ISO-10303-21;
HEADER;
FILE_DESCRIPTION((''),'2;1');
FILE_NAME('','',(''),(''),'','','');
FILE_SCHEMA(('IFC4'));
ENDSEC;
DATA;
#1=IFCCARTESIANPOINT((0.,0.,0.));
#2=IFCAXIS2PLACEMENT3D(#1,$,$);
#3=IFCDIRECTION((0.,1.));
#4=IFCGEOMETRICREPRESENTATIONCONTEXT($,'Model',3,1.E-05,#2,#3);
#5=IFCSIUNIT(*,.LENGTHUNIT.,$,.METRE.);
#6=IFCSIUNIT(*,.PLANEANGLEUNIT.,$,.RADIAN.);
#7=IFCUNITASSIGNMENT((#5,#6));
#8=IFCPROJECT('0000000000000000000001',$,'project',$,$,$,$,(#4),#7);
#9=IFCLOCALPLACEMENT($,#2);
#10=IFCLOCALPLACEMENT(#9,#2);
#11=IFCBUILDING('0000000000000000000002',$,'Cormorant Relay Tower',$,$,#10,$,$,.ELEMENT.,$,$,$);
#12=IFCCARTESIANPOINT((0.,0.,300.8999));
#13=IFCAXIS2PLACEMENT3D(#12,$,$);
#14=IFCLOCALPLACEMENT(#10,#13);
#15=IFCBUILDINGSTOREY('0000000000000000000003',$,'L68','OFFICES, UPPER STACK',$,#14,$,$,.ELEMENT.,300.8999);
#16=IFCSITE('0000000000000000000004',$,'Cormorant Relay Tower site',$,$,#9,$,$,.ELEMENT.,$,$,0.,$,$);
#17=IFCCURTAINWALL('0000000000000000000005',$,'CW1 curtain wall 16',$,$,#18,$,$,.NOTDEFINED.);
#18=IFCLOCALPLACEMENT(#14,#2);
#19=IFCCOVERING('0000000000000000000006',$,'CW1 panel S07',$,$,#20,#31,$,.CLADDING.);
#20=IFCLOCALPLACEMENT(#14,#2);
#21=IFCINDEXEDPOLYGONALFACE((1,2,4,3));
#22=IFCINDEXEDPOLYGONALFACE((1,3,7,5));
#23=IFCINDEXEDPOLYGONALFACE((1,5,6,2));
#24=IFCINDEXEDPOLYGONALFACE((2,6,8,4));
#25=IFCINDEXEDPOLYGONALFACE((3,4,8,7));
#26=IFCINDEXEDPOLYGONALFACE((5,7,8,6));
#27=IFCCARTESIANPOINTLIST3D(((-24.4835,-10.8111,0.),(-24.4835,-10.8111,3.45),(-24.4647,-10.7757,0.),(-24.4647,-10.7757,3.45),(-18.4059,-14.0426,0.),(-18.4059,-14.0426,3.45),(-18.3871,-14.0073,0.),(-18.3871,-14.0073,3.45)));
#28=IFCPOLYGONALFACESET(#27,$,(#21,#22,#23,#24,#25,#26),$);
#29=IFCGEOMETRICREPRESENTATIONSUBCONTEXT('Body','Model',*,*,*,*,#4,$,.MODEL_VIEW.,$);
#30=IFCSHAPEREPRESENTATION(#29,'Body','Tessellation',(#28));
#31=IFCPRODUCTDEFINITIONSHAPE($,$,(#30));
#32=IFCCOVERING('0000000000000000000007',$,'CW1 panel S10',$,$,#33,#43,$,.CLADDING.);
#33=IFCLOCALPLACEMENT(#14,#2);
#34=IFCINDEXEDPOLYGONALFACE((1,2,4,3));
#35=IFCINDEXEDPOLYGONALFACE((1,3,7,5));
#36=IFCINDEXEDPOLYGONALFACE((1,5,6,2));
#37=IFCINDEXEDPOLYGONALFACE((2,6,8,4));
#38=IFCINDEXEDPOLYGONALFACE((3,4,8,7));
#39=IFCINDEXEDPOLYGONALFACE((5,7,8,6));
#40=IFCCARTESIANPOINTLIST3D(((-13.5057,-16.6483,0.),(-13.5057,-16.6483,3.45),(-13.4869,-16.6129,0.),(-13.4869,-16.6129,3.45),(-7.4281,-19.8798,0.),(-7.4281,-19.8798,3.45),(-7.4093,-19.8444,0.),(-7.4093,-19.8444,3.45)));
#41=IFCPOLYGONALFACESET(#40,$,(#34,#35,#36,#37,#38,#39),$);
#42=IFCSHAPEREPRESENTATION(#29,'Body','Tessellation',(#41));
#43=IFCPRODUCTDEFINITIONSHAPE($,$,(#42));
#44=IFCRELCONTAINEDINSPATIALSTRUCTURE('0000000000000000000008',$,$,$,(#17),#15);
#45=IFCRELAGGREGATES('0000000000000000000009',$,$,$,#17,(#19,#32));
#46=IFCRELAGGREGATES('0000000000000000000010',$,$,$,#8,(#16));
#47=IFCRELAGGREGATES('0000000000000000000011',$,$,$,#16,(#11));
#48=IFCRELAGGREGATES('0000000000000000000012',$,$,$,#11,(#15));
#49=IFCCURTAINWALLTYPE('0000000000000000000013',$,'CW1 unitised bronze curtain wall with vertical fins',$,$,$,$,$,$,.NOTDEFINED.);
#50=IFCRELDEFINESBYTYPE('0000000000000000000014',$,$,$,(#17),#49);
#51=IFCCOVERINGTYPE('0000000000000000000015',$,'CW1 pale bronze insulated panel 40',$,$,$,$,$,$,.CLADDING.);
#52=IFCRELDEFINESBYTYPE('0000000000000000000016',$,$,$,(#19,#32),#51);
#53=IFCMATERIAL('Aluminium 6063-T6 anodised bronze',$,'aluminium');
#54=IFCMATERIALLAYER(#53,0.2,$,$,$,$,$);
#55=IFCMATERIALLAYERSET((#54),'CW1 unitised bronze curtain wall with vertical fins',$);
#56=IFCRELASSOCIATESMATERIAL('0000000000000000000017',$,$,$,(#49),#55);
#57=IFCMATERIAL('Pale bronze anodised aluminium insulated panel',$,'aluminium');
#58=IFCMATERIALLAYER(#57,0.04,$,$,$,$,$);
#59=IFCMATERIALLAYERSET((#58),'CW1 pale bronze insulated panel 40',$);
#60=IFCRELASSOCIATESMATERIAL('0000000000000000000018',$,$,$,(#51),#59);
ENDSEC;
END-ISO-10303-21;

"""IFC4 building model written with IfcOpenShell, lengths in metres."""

from ifc_helpers import new_model, si_unit, direction, frame, origin, origin_2d, place, context, subcontext, project, spatial, rectangle, extrude, material, layer, layer_set, type_object, element, aggregate, save


model = new_model("IFC4")

# Units and contexts
model_context = context("Model", 3, precision=1e-05, world=origin(), true_north=direction((0.0, 1.0)))
body_context = subcontext(model_context, "Body", "Model", "MODEL_VIEW")
ifc_project = project(units=[si_unit("LENGTHUNIT", "METRE"), si_unit("PLANEANGLEUNIT", "RADIAN")], contexts=[model_context])

# Site, building, storey
site_placement = place(None, origin())
site = spatial("IfcSite", under=ifc_project, at=site_placement, Name="Cormorant Relay Tower site", CompositionType="ELEMENT", RefElevation=0.0)
building_placement = place(site_placement, origin())
building = spatial("IfcBuilding", under=site, at=building_placement, Name="Cormorant Relay Tower", CompositionType="ELEMENT")
storey_placement = place(building_placement, frame((0.0, 0.0, 300.8999)))
storey = spatial("IfcBuildingStorey", under=building, at=storey_placement, Name="L68", Description="OFFICES, UPPER STACK", CompositionType="ELEMENT", Elevation=300.8999)

# Curtain wall
ifc_material_1 = material(Name="Aluminium 6063-T6 anodised bronze", Category="aluminium")
ifc_layer_1 = layer(ifc_material_1, 0.2)
ifc_layer_set_1 = layer_set([ifc_layer_1], Name="CW1 unitised bronze curtain wall with vertical fins")
curtain_wall_type = type_object("IfcCurtainWallType", Name="CW1 unitised bronze curtain wall with vertical fins", PredefinedType="NOTDEFINED", material=ifc_layer_set_1)
curtain_wall_placement = place(storey_placement, origin())
curtain_wall = element("IfcCurtainWall", 1, at=curtain_wall_placement, inside=storey, type_object=curtain_wall_type, Name="CW1 curtain wall 16", PredefinedType="NOTDEFINED")

# Coverings
ifc_material_2 = material(Name="Pale bronze anodised aluminium insulated panel", Category="aluminium")
ifc_layer_2 = layer(ifc_material_2, 0.04)
ifc_layer_set_2 = layer_set([ifc_layer_2], Name="CW1 pale bronze insulated panel 40")
covering_type = type_object("IfcCoveringType", Name="CW1 pale bronze insulated panel 40", PredefinedType="CLADDING", material=ifc_layer_set_2)
covering_1_placement = place(storey_placement, frame((-21.4353, -12.4092, 0.0), z_axis=(0.0, 0.0, 1.0), x_axis=(0.882948, -0.469472, 0.0)))
covering_1 = element("IfcCovering", 2, at=covering_1_placement, type_object=covering_type, Name="CW1 panel S07", PredefinedType="CLADDING", context=body_context, shape_type="SweptSolid", body=[
    extrude(rectangle(XDim=6.8833, YDim=0.04, at=origin_2d()), origin(), (0.0, 0.0, 1.0), 3.45),
])
covering_2_placement = place(storey_placement, frame((-10.4575, -18.2463, 0.0), z_axis=(0.0, 0.0, 1.0), x_axis=(0.882948, -0.469472, 0.0)))
covering_2 = element("IfcCovering", 3, at=covering_2_placement, type_object=covering_type, Name="CW1 panel S10", PredefinedType="CLADDING", context=body_context, shape_type="SweptSolid", body=[
    extrude(rectangle(XDim=6.8833, YDim=0.04, at=origin_2d()), origin(), (0.0, 0.0, 1.0), 3.45),
])
aggregate(curtain_wall, [covering_1, covering_2])

save(model, "model.ifc")
